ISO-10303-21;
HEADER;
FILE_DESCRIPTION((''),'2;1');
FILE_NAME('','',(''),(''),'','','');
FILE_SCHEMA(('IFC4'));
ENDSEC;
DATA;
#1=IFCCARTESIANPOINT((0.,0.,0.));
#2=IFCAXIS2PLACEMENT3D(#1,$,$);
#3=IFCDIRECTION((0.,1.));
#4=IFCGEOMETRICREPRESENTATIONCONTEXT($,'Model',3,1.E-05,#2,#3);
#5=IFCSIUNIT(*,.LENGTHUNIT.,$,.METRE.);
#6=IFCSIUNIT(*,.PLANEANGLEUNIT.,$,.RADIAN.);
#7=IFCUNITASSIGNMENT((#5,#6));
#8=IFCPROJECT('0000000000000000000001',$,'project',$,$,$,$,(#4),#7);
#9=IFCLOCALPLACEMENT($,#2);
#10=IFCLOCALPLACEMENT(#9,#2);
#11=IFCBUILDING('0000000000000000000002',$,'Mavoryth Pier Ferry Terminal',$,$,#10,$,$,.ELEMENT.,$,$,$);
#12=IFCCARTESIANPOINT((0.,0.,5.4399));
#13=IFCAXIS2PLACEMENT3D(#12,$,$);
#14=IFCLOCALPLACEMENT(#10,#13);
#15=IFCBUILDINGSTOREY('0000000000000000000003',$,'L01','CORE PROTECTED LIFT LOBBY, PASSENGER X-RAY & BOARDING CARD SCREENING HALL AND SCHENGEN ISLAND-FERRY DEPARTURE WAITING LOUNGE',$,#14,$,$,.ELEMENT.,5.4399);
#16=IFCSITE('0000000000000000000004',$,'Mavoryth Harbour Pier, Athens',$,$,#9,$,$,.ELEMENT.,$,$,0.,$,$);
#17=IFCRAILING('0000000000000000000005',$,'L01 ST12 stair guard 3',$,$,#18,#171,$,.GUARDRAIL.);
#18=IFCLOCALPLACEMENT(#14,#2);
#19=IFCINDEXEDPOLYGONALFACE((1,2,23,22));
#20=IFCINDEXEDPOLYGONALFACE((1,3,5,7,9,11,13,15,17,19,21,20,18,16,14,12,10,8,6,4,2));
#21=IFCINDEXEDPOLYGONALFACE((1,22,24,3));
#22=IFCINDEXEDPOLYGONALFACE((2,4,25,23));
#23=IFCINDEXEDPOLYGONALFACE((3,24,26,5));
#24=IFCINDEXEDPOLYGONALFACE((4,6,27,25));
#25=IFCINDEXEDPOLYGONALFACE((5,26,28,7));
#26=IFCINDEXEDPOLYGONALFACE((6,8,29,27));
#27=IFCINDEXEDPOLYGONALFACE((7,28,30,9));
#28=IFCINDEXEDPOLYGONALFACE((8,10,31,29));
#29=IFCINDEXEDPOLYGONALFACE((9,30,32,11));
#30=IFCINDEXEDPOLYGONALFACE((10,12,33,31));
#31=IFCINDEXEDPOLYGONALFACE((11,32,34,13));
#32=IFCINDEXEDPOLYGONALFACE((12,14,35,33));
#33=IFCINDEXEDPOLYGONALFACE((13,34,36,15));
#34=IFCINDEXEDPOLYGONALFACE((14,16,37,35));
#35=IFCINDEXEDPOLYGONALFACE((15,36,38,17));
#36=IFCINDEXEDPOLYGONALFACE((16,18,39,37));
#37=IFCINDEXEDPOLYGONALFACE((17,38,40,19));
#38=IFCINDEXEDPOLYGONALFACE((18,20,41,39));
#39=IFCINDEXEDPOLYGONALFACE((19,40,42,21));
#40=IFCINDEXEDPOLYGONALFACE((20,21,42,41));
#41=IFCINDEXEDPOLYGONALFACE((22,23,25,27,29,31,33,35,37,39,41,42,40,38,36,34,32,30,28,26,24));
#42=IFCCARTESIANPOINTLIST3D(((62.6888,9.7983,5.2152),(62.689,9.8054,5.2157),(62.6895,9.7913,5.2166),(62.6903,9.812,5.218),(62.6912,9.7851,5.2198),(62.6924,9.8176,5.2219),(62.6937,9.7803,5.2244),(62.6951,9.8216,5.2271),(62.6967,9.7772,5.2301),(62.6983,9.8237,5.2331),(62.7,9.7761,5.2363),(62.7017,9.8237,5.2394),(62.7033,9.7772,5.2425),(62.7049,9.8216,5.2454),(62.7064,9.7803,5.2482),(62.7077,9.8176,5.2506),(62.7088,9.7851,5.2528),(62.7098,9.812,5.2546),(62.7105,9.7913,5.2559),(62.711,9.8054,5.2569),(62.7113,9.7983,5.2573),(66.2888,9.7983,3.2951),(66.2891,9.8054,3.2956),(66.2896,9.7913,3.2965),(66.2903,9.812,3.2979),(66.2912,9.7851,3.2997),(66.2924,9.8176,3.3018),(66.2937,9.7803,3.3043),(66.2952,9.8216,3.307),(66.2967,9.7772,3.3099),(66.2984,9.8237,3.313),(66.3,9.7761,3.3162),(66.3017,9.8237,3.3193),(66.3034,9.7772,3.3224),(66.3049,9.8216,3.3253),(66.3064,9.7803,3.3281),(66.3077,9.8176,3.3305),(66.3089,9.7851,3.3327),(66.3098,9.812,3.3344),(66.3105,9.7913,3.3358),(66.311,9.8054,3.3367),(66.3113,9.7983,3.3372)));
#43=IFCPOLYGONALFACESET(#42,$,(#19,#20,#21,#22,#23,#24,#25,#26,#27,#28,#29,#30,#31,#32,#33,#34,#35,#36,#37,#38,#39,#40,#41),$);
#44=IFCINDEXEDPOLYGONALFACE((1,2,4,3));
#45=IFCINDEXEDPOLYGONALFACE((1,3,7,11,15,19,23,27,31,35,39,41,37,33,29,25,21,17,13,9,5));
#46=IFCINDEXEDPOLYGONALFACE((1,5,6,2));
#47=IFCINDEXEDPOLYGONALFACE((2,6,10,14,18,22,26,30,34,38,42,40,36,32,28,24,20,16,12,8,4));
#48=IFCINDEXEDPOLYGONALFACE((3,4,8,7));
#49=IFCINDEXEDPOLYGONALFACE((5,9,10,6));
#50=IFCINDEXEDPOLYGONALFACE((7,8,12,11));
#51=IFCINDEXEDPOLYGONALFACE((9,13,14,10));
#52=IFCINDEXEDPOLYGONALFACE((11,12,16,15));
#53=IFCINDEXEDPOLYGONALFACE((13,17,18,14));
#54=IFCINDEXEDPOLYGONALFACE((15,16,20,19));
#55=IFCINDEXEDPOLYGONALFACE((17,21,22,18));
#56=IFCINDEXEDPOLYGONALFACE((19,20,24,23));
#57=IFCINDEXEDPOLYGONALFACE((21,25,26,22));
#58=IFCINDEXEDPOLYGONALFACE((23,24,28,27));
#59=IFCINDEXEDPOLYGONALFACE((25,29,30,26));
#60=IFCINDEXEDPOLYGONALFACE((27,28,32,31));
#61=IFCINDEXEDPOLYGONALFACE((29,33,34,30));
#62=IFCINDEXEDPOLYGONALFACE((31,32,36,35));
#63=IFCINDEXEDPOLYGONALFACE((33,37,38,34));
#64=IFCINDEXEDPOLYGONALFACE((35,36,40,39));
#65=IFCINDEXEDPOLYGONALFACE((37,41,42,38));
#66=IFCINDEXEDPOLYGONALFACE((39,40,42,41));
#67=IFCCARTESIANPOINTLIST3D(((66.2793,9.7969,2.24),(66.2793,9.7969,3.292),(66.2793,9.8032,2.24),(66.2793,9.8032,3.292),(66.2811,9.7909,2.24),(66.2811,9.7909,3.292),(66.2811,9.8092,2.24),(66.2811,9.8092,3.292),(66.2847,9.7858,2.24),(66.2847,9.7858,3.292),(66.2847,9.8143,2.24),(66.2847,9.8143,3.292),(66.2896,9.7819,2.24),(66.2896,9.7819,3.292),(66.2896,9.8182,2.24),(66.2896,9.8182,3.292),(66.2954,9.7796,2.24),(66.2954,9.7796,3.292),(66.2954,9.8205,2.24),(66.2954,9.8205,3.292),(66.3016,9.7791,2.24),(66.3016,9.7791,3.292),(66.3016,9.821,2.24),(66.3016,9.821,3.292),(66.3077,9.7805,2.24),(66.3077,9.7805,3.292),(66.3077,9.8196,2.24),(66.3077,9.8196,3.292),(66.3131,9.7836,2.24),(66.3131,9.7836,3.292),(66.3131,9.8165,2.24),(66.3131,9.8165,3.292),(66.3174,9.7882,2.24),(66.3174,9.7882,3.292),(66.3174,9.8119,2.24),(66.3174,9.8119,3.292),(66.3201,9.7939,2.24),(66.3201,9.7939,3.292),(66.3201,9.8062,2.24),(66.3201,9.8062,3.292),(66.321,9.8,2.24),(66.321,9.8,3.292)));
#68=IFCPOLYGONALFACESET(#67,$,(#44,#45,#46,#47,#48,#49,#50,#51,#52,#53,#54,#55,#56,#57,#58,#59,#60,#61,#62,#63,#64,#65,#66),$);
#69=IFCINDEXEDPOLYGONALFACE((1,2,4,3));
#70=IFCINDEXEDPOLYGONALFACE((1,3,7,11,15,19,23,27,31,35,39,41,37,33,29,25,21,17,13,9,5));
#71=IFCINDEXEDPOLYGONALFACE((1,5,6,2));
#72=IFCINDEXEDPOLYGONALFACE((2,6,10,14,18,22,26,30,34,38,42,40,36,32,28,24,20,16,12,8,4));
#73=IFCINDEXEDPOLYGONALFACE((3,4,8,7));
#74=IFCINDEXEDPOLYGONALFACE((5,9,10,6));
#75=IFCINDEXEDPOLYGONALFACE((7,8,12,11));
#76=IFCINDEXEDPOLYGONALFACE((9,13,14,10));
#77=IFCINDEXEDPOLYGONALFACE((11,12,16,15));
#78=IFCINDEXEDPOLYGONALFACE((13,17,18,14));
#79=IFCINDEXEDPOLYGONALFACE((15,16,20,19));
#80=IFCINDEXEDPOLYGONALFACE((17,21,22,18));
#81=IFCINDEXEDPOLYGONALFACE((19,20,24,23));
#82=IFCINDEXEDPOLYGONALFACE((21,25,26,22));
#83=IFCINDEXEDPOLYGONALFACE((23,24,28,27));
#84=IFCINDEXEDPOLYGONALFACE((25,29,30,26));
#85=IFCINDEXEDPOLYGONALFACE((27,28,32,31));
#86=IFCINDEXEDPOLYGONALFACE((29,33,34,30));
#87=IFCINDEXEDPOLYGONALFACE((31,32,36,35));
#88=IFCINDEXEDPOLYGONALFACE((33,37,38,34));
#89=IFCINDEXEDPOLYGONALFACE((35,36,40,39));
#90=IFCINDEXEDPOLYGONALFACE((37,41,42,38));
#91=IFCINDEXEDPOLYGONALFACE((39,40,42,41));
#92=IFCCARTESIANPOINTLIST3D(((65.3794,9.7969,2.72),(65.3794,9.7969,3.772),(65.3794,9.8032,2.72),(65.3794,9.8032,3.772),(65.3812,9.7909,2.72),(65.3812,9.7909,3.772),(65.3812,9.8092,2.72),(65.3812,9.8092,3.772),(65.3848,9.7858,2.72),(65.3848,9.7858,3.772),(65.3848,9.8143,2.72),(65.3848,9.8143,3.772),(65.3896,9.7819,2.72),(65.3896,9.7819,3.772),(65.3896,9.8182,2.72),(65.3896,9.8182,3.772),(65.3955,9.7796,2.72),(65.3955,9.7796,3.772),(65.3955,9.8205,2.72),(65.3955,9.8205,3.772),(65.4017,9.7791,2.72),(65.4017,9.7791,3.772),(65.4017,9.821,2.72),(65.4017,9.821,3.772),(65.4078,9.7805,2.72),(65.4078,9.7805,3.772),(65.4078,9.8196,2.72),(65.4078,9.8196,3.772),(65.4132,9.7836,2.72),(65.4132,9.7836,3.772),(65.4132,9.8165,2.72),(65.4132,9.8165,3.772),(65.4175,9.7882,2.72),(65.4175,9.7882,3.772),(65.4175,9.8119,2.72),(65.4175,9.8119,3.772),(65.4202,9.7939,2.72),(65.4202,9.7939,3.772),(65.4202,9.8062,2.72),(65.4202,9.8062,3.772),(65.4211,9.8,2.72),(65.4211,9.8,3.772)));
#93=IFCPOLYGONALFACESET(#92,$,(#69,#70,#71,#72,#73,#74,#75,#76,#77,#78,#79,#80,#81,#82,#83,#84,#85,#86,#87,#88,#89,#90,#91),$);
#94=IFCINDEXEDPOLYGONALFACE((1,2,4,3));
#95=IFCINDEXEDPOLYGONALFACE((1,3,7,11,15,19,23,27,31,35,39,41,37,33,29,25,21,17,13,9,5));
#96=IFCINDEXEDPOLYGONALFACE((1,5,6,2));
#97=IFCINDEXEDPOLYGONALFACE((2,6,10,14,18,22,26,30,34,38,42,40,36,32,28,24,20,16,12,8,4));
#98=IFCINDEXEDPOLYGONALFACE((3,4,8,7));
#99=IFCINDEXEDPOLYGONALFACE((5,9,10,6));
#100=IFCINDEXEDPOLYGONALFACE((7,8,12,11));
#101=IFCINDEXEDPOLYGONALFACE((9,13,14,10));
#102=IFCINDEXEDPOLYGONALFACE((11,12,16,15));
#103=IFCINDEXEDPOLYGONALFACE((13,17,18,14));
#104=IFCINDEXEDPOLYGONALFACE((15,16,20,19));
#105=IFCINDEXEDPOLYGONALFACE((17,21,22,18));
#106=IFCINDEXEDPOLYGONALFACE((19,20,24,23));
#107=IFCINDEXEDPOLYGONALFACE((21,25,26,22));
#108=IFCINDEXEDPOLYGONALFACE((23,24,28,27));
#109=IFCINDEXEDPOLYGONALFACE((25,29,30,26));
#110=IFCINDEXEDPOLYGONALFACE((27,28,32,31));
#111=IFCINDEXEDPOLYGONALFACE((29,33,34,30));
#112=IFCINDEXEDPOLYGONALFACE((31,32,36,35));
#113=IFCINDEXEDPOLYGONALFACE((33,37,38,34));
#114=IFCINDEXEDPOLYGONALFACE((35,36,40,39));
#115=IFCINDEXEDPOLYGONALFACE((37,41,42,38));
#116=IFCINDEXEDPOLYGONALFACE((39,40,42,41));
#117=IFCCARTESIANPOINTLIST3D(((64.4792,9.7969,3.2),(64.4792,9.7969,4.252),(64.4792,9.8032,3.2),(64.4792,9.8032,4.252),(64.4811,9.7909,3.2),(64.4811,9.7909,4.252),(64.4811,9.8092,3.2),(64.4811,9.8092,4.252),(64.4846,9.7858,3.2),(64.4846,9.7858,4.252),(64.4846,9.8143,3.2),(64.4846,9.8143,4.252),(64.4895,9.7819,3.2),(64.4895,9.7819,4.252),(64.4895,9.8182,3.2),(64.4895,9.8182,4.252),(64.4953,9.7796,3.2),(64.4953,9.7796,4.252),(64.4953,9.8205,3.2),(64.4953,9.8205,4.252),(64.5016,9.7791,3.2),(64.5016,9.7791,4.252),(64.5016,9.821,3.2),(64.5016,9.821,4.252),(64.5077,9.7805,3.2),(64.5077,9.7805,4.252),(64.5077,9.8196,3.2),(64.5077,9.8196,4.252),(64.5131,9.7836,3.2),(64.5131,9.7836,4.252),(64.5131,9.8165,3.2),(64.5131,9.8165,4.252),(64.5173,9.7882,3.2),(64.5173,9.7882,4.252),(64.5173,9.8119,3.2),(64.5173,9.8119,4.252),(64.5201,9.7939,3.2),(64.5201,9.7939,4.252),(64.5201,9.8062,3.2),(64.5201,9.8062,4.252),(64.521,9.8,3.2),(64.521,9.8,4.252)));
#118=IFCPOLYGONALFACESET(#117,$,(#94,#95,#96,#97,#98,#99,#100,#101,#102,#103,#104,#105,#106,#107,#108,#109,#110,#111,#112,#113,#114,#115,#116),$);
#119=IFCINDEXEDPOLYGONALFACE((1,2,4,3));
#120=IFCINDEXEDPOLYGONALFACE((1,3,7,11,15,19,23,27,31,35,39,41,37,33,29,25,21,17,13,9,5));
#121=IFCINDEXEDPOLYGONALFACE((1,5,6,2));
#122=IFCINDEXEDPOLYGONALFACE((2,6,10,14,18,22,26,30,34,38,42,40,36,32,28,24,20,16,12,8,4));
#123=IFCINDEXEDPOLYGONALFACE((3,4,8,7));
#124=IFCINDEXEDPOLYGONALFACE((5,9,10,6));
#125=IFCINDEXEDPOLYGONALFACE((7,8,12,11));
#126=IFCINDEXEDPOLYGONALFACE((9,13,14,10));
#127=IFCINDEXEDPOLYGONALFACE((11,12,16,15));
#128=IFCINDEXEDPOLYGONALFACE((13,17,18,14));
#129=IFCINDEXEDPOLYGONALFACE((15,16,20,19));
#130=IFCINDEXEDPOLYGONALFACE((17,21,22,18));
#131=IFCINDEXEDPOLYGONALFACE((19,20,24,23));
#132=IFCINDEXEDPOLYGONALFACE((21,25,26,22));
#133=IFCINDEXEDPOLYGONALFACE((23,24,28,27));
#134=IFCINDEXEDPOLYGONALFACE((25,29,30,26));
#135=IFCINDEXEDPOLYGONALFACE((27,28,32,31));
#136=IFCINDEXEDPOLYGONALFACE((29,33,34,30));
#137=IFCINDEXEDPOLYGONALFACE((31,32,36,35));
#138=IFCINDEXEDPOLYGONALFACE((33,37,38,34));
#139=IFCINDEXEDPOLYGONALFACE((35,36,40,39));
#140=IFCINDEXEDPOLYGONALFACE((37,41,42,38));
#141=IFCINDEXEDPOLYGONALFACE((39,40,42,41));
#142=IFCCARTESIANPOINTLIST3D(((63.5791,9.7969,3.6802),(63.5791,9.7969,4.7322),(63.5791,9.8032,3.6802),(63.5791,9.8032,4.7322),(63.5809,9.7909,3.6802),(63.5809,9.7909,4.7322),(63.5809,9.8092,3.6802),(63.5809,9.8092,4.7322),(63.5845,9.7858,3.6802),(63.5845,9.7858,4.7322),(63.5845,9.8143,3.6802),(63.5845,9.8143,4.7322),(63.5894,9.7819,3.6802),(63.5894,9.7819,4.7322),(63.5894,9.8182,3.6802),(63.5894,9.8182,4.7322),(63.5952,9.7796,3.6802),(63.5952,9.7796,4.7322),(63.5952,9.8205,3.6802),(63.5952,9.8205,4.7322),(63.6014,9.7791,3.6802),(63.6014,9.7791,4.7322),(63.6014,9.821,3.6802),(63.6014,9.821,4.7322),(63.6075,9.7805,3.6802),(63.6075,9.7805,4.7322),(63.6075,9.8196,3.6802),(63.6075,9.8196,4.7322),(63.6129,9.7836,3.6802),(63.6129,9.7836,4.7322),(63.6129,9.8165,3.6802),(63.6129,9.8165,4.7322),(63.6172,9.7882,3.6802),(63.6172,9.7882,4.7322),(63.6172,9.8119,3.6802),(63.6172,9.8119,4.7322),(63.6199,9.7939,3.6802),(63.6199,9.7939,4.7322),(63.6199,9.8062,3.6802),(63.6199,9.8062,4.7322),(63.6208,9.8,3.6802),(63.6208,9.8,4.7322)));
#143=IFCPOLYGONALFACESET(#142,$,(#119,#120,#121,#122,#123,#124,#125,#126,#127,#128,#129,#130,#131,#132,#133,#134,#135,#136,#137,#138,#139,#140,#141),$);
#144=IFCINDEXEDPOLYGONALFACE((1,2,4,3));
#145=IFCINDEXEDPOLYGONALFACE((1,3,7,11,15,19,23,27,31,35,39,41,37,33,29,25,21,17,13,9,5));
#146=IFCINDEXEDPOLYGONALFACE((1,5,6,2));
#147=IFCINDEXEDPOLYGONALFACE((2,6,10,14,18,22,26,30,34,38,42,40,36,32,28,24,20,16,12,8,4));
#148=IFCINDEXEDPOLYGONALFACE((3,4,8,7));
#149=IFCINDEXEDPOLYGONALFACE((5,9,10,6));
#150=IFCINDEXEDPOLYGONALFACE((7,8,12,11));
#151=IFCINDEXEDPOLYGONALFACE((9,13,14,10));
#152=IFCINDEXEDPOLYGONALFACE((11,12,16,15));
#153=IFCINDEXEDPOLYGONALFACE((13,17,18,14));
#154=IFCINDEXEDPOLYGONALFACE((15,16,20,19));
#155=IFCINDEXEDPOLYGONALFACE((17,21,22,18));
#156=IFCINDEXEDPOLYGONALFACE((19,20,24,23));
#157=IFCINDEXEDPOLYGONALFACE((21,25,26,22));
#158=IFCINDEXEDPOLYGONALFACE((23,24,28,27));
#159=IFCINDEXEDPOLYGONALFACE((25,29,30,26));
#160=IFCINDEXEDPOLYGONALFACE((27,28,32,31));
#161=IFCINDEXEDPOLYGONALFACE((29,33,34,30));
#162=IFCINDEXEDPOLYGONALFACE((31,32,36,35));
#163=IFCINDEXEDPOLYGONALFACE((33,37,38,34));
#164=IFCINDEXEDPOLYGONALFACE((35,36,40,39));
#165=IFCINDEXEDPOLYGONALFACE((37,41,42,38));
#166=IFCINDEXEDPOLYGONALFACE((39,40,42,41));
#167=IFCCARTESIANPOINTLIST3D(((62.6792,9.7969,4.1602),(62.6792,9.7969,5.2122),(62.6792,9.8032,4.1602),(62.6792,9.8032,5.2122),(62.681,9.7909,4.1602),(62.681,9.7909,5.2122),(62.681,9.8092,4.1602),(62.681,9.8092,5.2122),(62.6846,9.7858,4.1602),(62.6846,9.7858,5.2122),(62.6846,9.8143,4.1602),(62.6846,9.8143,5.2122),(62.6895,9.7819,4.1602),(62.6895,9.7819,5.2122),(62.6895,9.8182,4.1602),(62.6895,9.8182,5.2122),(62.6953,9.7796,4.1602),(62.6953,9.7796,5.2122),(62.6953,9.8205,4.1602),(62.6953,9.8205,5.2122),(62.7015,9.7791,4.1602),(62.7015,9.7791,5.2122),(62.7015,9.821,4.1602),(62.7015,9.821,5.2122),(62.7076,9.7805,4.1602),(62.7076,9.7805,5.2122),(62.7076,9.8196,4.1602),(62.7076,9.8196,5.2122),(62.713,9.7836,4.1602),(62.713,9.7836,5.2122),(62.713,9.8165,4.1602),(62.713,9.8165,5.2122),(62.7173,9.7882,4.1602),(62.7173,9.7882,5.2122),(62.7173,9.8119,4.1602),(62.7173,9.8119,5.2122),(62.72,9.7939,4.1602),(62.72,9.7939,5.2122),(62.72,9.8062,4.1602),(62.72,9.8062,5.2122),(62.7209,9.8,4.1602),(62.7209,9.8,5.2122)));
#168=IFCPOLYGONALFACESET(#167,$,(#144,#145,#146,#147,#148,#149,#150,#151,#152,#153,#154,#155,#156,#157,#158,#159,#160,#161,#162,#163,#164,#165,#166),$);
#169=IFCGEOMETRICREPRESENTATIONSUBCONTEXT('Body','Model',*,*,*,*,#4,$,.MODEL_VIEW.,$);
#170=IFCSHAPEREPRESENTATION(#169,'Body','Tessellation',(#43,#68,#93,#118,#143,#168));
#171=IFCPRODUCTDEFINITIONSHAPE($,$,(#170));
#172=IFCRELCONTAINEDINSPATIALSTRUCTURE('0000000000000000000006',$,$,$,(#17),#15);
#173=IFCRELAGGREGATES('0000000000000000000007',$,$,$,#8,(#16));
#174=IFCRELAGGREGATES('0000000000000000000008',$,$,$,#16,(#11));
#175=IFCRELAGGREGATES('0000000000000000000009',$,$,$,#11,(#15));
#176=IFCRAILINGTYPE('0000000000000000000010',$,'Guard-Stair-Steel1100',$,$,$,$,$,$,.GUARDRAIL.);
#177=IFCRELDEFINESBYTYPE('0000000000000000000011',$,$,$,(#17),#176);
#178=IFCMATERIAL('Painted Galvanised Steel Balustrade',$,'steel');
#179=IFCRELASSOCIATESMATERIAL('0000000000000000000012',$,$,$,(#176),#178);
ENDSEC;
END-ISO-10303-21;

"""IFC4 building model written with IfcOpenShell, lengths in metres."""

from ifc_helpers import new_model, si_unit, direction, frame, origin, origin_2d, place, context, subcontext, project, spatial, circle, extrude, material, type_object, element, save


model = new_model("IFC4")

# Units and contexts
model_context = context("Model", 3, precision=1e-05, world=origin(), true_north=direction((0.0, 1.0)))
body_context = subcontext(model_context, "Body", "Model", "MODEL_VIEW")
ifc_project = project(units=[si_unit("LENGTHUNIT", "METRE"), si_unit("PLANEANGLEUNIT", "RADIAN")], contexts=[model_context])

# Site, building, storey
site_placement = place(None, origin())
site = spatial("IfcSite", under=ifc_project, at=site_placement, Name="Mavoryth Harbour Pier, Athens", CompositionType="ELEMENT", RefElevation=0.0)
building_placement = place(site_placement, origin())
building = spatial("IfcBuilding", under=site, at=building_placement, Name="Mavoryth Pier Ferry Terminal", CompositionType="ELEMENT")
storey_placement = place(building_placement, frame((0.0, 0.0, 5.4399)))
storey = spatial("IfcBuildingStorey", under=building, at=storey_placement, Name="L01", Description="CORE PROTECTED LIFT LOBBY, PASSENGER X-RAY & BOARDING CARD SCREENING HALL AND SCHENGEN ISLAND-FERRY DEPARTURE WAITING LOUNGE", CompositionType="ELEMENT", Elevation=5.4399)

# Railing
ifc_material_1 = material(Name="Painted Galvanised Steel Balustrade", Category="steel")
railing_type_1 = type_object("IfcRailingType", Name="Guard-Stair-Steel1100", PredefinedType="GUARDRAIL", material=ifc_material_1)
railing_1_placement = place(storey_placement, frame((66.3, 9.8, 2.24)))
element("IfcRailing", 1, at=railing_1_placement, inside=storey, type_object=railing_type_1, Name="L01 ST12 stair guard 3", PredefinedType="GUARDRAIL", context=body_context, shape_type="SweptSolid", body=[
    extrude(circle(Radius=0.0239, at=origin_2d()), frame((0.0, 0.0, 1.0762), z_axis=(-0.882341, 0.0, 0.47061), x_axis=(0.0, -1.0, 0.0)), (0.0, 0.0, 1.0), 4.0801),
    extrude(circle(Radius=0.021, at=origin_2d()), origin(), (0.0, 0.0, 1.0), 1.052),
    extrude(circle(Radius=0.021, at=origin_2d()), frame((-0.8999, 0.0, 0.48)), (0.0, 0.0, 1.0), 1.052),
    extrude(circle(Radius=0.021, at=origin_2d()), frame((-1.8, 0.0, 0.96)), (0.0, 0.0, 1.0), 1.052),
    extrude(circle(Radius=0.021, at=origin_2d()), frame((-2.7002, 0.0, 1.4402)), (0.0, 0.0, 1.0), 1.052),
    extrude(circle(Radius=0.021, at=origin_2d()), frame((-3.6001, 0.0, 1.9202)), (0.0, 0.0, 1.0), 1.052),
])

save(model, "model.ifc")
